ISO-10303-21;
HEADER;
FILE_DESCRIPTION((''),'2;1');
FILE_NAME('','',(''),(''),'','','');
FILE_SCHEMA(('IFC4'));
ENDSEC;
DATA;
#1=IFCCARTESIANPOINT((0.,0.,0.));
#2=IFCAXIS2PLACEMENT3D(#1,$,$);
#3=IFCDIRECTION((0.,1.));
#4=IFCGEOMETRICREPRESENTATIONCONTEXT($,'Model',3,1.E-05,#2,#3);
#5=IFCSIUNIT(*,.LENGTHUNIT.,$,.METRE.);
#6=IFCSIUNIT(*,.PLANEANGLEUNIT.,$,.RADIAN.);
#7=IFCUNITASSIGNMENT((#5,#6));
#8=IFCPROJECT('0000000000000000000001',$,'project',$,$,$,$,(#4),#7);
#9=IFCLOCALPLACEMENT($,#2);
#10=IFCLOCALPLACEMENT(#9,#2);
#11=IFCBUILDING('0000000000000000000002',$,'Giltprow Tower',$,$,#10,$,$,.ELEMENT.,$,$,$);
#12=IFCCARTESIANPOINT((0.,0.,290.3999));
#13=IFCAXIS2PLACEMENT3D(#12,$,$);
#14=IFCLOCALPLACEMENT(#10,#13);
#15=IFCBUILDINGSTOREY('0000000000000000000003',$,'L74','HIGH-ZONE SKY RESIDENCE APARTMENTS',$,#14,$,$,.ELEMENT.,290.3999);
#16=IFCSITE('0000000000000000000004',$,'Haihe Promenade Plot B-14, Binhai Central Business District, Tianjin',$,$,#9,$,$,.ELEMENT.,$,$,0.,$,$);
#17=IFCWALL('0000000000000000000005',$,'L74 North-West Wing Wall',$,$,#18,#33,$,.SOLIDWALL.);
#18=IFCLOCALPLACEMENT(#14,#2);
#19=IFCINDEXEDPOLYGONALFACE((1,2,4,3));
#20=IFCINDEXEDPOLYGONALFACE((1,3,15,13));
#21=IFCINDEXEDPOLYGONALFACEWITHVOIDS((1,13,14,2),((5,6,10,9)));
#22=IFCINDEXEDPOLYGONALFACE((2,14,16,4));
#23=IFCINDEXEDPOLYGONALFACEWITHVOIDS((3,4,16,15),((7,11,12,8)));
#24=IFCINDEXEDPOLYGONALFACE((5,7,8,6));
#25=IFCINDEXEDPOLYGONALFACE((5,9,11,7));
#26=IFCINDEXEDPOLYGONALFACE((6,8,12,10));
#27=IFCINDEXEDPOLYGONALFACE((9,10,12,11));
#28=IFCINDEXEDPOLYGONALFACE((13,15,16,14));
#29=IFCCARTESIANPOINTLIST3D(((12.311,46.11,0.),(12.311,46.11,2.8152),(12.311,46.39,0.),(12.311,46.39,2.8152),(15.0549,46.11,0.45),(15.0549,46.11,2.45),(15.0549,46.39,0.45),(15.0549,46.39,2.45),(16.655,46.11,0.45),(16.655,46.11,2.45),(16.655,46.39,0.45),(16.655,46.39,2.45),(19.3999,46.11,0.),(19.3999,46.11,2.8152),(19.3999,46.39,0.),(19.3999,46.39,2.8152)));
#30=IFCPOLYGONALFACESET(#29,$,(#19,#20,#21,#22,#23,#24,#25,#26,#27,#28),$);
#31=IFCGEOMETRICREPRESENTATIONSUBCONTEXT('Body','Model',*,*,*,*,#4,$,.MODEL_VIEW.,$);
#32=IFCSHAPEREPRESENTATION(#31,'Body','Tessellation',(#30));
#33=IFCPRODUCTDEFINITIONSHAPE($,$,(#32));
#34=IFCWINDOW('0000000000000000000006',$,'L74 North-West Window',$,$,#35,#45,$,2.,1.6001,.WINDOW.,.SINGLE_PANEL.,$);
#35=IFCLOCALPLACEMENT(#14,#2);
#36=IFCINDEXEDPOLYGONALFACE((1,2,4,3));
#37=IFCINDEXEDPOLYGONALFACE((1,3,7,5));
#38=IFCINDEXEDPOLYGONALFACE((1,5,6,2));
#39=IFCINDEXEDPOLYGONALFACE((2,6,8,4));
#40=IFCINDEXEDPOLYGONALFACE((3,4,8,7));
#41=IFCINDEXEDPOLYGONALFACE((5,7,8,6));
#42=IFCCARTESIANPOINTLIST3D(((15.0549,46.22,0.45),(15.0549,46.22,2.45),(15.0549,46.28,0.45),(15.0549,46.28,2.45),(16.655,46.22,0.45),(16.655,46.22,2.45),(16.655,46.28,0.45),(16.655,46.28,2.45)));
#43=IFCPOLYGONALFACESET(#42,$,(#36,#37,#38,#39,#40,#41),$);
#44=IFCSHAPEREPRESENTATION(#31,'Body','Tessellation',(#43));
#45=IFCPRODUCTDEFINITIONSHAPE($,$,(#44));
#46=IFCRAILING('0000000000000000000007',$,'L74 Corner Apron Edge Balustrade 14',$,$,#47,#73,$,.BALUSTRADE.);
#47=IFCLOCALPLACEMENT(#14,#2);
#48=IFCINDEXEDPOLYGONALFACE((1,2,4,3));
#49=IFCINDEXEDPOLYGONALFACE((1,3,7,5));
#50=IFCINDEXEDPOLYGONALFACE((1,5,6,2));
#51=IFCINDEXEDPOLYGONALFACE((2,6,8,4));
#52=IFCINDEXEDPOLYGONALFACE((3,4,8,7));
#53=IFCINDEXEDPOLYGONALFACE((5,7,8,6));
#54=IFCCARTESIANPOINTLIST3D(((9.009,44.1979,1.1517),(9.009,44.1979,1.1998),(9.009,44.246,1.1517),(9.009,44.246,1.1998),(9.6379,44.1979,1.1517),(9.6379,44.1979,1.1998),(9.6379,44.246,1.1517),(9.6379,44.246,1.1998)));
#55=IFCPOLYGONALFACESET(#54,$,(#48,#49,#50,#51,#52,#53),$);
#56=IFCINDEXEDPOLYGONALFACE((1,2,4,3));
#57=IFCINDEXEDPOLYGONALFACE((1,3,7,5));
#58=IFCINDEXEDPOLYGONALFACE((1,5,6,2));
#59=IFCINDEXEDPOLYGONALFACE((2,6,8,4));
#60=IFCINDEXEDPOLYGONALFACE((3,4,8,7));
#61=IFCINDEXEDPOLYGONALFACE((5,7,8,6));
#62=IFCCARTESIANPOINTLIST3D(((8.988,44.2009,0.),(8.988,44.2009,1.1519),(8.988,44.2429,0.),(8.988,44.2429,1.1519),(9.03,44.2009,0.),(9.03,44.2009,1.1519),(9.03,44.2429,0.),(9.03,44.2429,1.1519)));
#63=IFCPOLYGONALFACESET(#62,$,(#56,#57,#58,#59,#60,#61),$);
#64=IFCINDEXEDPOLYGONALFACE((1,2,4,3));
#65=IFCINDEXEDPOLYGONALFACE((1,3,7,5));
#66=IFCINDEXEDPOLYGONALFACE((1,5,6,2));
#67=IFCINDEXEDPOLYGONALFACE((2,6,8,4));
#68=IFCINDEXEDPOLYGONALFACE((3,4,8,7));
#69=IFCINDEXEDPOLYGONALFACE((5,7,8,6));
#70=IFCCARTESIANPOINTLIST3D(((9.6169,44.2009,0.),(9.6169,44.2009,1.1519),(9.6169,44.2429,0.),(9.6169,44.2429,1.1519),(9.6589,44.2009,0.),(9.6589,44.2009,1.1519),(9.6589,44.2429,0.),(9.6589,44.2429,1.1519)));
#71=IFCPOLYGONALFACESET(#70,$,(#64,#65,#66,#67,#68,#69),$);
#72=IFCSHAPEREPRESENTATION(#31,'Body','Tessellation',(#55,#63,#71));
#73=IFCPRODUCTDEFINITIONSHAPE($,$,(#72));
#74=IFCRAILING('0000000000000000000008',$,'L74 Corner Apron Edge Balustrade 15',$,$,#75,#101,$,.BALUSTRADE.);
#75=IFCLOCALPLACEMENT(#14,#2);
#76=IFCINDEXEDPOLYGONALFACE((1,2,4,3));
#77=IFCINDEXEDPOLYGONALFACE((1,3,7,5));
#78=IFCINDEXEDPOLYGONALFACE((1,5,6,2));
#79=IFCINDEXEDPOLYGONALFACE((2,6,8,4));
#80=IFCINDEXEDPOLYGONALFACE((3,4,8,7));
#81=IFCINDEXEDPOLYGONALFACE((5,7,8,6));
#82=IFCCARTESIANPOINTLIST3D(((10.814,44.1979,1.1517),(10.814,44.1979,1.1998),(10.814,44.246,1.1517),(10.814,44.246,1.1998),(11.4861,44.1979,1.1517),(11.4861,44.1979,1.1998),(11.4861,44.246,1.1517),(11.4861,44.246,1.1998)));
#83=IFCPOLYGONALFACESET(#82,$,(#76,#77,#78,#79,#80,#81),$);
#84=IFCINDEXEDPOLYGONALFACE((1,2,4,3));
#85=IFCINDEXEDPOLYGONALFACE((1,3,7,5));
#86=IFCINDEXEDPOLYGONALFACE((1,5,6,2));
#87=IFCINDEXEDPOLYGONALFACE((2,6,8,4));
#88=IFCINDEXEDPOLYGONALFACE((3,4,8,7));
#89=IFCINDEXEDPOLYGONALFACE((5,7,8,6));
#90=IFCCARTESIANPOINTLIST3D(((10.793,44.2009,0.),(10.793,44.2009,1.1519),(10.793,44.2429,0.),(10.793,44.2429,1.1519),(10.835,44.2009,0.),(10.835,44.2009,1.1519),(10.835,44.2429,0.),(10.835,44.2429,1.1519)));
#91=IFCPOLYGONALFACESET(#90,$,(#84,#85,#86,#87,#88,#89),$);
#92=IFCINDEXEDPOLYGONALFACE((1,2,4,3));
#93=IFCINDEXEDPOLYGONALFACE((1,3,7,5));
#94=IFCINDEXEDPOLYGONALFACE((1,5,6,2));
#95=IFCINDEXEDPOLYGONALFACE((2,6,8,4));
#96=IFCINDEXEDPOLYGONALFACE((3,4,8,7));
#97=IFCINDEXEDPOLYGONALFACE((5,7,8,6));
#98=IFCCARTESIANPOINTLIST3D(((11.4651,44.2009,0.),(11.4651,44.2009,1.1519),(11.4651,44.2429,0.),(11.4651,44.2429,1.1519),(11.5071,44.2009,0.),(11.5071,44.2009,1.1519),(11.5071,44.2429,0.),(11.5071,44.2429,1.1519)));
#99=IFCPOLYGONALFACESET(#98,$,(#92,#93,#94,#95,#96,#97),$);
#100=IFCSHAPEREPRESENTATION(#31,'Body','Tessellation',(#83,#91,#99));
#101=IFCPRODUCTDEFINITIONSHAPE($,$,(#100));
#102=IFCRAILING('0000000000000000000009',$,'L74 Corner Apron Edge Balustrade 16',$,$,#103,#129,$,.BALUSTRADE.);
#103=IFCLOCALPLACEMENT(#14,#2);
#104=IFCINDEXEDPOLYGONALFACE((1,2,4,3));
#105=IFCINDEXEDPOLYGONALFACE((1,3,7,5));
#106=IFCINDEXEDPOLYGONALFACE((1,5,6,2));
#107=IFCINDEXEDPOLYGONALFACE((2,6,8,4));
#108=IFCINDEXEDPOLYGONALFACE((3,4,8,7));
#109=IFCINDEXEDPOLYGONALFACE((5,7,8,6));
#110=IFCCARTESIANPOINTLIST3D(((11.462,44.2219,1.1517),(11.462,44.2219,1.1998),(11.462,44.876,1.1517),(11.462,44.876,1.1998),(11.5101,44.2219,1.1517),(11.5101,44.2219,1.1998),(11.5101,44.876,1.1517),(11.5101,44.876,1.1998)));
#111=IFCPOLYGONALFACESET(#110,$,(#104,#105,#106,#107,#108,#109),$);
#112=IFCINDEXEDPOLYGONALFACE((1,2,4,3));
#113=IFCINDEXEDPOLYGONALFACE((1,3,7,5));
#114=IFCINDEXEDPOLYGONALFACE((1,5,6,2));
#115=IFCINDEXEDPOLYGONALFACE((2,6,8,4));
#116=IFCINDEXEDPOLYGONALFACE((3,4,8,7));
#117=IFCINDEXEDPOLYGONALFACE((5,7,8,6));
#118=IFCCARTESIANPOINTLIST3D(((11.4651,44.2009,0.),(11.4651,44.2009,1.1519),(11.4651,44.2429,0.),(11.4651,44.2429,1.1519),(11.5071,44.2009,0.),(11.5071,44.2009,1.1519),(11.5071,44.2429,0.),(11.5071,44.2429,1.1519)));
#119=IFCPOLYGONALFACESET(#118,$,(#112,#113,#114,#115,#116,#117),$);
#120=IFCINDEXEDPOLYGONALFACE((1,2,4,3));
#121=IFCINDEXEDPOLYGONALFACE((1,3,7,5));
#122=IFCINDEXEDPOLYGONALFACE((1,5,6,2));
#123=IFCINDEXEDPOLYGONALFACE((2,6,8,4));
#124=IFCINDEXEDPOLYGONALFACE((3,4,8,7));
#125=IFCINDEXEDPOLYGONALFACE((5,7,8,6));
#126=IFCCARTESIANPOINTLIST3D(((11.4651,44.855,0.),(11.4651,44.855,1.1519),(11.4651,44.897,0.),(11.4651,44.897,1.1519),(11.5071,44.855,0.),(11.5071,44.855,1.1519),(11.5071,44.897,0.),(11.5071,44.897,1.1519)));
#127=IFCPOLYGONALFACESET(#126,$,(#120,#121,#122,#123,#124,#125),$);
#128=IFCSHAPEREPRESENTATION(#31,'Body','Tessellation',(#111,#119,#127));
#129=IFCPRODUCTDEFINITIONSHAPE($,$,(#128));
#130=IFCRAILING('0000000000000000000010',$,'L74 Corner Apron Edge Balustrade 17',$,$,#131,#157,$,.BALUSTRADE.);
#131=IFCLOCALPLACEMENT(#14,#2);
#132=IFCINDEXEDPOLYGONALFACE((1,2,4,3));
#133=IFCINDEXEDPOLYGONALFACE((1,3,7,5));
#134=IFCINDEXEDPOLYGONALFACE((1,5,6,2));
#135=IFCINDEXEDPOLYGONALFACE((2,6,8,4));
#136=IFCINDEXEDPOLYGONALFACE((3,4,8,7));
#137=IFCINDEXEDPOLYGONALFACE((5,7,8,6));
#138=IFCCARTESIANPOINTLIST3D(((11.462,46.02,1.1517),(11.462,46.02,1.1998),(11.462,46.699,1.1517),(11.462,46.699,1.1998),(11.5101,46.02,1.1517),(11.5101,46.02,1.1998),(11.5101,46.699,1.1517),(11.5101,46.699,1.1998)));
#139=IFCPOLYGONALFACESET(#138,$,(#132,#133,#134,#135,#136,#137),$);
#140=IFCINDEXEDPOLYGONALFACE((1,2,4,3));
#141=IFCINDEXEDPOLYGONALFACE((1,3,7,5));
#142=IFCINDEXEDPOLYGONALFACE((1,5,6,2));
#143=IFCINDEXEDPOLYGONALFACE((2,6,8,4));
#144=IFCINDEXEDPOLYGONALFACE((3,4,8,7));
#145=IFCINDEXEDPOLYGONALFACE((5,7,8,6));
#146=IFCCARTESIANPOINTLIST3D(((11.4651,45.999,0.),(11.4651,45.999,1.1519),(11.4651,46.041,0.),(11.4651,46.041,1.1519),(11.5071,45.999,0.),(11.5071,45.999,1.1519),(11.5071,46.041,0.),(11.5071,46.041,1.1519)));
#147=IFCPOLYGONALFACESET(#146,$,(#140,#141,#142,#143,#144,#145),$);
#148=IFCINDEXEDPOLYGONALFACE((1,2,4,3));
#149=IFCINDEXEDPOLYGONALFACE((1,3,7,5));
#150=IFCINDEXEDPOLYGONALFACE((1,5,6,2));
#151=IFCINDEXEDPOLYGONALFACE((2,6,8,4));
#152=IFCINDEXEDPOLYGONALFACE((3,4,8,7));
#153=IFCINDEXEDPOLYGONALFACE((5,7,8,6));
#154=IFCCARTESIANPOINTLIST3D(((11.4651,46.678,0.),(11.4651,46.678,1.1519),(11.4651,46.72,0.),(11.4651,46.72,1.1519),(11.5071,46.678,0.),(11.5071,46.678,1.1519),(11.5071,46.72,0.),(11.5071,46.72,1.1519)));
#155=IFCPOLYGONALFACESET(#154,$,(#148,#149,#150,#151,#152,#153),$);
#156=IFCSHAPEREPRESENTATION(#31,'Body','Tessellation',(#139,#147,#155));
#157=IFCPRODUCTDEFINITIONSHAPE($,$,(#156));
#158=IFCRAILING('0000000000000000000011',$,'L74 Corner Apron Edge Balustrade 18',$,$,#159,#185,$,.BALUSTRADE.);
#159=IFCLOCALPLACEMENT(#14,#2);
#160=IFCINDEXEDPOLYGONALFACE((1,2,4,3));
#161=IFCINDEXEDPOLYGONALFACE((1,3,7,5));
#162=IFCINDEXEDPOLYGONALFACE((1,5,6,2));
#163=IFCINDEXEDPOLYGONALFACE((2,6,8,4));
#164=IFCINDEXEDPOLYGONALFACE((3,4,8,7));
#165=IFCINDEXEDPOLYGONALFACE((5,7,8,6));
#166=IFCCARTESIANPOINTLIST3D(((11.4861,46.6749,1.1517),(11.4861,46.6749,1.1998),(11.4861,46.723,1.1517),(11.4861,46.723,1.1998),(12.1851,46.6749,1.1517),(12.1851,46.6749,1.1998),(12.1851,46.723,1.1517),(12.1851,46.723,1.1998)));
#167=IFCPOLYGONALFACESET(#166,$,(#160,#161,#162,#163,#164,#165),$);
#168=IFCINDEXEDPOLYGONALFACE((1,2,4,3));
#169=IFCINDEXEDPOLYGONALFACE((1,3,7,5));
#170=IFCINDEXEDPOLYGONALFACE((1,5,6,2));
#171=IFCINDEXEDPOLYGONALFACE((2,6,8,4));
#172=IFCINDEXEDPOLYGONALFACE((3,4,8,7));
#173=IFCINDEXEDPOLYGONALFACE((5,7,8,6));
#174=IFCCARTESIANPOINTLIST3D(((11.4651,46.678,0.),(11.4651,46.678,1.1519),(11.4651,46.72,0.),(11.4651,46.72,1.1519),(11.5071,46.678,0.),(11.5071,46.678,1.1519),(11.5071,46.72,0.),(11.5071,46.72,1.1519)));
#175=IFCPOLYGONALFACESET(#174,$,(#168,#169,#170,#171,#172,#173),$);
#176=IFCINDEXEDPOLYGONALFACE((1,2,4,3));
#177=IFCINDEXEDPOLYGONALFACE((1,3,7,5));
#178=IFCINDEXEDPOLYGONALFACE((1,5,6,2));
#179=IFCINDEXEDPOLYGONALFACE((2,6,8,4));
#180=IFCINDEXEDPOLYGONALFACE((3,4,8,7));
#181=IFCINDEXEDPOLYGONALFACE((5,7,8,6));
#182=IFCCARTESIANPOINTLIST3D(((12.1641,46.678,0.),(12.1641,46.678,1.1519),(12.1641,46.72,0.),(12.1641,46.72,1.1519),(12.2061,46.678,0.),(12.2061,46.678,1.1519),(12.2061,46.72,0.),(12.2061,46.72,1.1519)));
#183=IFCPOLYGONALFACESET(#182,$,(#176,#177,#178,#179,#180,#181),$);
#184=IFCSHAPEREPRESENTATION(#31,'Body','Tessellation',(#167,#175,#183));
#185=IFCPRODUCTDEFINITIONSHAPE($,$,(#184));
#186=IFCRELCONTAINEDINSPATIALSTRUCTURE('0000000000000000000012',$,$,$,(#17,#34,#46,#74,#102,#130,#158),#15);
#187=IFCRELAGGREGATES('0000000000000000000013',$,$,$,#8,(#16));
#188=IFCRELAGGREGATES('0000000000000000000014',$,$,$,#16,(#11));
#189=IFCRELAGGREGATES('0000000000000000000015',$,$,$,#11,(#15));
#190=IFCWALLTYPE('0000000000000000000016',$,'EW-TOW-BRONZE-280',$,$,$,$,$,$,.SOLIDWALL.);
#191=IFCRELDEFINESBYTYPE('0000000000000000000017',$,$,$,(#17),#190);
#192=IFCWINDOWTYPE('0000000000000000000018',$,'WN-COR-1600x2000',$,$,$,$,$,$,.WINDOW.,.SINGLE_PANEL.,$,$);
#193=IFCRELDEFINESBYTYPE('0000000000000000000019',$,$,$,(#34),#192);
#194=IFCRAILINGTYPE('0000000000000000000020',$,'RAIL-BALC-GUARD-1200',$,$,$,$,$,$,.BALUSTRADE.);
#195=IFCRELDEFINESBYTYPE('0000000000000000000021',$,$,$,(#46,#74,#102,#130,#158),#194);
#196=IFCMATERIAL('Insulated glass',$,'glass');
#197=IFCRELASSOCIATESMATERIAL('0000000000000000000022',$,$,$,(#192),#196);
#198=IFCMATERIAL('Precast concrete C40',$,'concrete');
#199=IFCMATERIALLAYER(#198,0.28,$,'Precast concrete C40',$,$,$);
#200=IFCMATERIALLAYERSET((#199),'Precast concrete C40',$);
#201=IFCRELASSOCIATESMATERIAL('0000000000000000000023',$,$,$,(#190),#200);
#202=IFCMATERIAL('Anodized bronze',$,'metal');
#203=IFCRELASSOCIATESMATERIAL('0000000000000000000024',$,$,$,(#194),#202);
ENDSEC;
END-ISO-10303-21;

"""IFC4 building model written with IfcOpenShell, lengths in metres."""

from ifc_helpers import new_model, si_unit, direction, frame, frame_2d, origin, origin_2d, place, context, subcontext, project, spatial, rectangle, extrude, source, transform, mapped, material, layer, layer_set, type_object, element, fill, save


model = new_model("IFC4")

# Units and contexts
model_context = context("Model", 3, precision=1e-05, world=origin(), true_north=direction((0.0, 1.0)))
body_context = subcontext(model_context, "Body", "Model", "MODEL_VIEW")
ifc_project = project(units=[si_unit("LENGTHUNIT", "METRE"), si_unit("PLANEANGLEUNIT", "RADIAN")], contexts=[model_context])

# Site, building, storey
site_placement = place(None, origin())
site = spatial("IfcSite", under=ifc_project, at=site_placement, Name="Haihe Promenade Plot B-14, Binhai Central Business District, Tianjin", CompositionType="ELEMENT", RefElevation=0.0)
building_placement = place(site_placement, origin())
building = spatial("IfcBuilding", under=site, at=building_placement, Name="Giltprow Tower", CompositionType="ELEMENT")
storey_placement = place(building_placement, frame((0.0, 0.0, 290.3999)))
storey = spatial("IfcBuildingStorey", under=building, at=storey_placement, Name="L74", Description="HIGH-ZONE SKY RESIDENCE APARTMENTS", CompositionType="ELEMENT", Elevation=290.3999)

# Wall, opening, window
ifc_material_1 = material(Name="Precast concrete C40", Category="concrete")
ifc_material_2 = material(Name="Insulated glass", Category="glass")
window_type = type_object("IfcWindowType", Name="WN-COR-1600x2000", PartitioningType="SINGLE_PANEL", PredefinedType="WINDOW", material=ifc_material_2)
shared_shape_1 = source(origin(), body_context, "Body", "SweptSolid", [
    extrude(rectangle(XDim=1.6001, YDim=2.0, at=frame_2d((0.8, 1.0))), frame((0.0, 0.03, 0.0), z_axis=(0.0, -1.0, 0.0), x_axis=(1.0, 0.0, 0.0)), (0.0, 0.0, 1.0), 0.0601),
])
ifc_layer_1 = layer(ifc_material_1, 0.28, Name="Precast concrete C40")
ifc_layer_set_1 = layer_set([ifc_layer_1], Name="Precast concrete C40")
wall_type_1 = type_object("IfcWallType", Name="EW-TOW-BRONZE-280", PredefinedType="SOLIDWALL", material=ifc_layer_set_1)
wall_1_placement = place(storey_placement, frame((12.311, 46.25, 0.0), z_axis=(0.0, 0.0, 1.0), x_axis=(1.0, 0.0, 0.0)))
wall_1 = element("IfcWall", 1, at=wall_1_placement, inside=storey, type_object=wall_type_1, Name="L74 North-West Wing Wall", PredefinedType="SOLIDWALL", context=body_context, shape_type="SweptSolid", body=[
    extrude(rectangle(XDim=7.0889, YDim=0.28, at=frame_2d((3.5444, 0.0))), origin(), (0.0, 0.0, 1.0), 2.8152),
])
opening_1_placement = place(wall_1_placement, frame((2.7439, 0.0, 0.45)))
opening_1 = element("IfcOpeningElement", 2, at=opening_1_placement, cuts=wall_1, PredefinedType="OPENING", context=body_context, shape_type="SweptSolid", body=[
    extrude(rectangle(XDim=1.6001, YDim=2.0, at=frame_2d((0.8, 1.0))), frame((0.0, 0.1499, 0.0), z_axis=(0.0, -1.0, 0.0), x_axis=(1.0, 0.0, 0.0)), (0.0, 0.0, 1.0), 0.3),
])
window_1_placement = place(opening_1_placement, origin())
window_1 = element("IfcWindow", 3, at=window_1_placement, inside=storey, type_object=window_type, Name="L74 North-West Window", OverallHeight=2.0, OverallWidth=1.6001, PartitioningType="SINGLE_PANEL", PredefinedType="WINDOW", context=body_context, shape_type="MappedRepresentation", body=[
    mapped(shared_shape_1, transform((0.0, 0.0, 0.0), x_axis=(1.0, 0.0, 0.0), y_axis=(0.0, 1.0, 0.0), z_axis=(0.0, 0.0, 1.0), scale=1.0)),
])
fill(opening_1, window_1)

# Railings
ifc_material_3 = material(Name="Anodized bronze", Category="metal")
railing_type = type_object("IfcRailingType", Name="RAIL-BALC-GUARD-1200", PredefinedType="BALUSTRADE", material=ifc_material_3)
railing_1_placement = place(storey_placement, frame((9.009, 44.2219, 0.0)))
element("IfcRailing", 4, at=railing_1_placement, inside=storey, type_object=railing_type, Name="L74 Corner Apron Edge Balustrade 14", PredefinedType="BALUSTRADE", context=body_context, shape_type="SweptSolid", body=[
    extrude(rectangle(XDim=0.0481, YDim=0.0481, at=origin_2d()), frame((0.0, 0.0, 1.1758), z_axis=(1.0, 0.0, 0.0), x_axis=(0.0, 1.0, 0.0)), (0.0, 0.0, 1.0), 0.6289),
    extrude(rectangle(XDim=0.042, YDim=0.042, at=origin_2d()), origin(), (0.0, 0.0, 1.0), 1.1519),
    extrude(rectangle(XDim=0.042, YDim=0.042, at=origin_2d()), frame((0.6289, 0.0, 0.0)), (0.0, 0.0, 1.0), 1.1519),
])
railing_2_placement = place(storey_placement, frame((10.814, 44.2219, 0.0)))
element("IfcRailing", 5, at=railing_2_placement, inside=storey, type_object=railing_type, Name="L74 Corner Apron Edge Balustrade 15", PredefinedType="BALUSTRADE", context=body_context, shape_type="SweptSolid", body=[
    extrude(rectangle(XDim=0.0481, YDim=0.0481, at=origin_2d()), frame((0.0, 0.0, 1.1758), z_axis=(1.0, 0.0, 0.0), x_axis=(0.0, 1.0, 0.0)), (0.0, 0.0, 1.0), 0.6721),
    extrude(rectangle(XDim=0.042, YDim=0.042, at=origin_2d()), origin(), (0.0, 0.0, 1.0), 1.1519),
    extrude(rectangle(XDim=0.042, YDim=0.042, at=origin_2d()), frame((0.6721, 0.0, 0.0)), (0.0, 0.0, 1.0), 1.1519),
])
railing_3_placement = place(storey_placement, frame((11.4861, 44.2219, 0.0)))
element("IfcRailing", 6, at=railing_3_placement, inside=storey, type_object=railing_type, Name="L74 Corner Apron Edge Balustrade 16", PredefinedType="BALUSTRADE", context=body_context, shape_type="SweptSolid", body=[
    extrude(rectangle(XDim=0.0481, YDim=0.0481, at=origin_2d()), frame((0.0, 0.0, 1.1758), z_axis=(0.0, 1.0, 0.0), x_axis=(-1.0, 0.0, 0.0)), (0.0, 0.0, 1.0), 0.6541),
    extrude(rectangle(XDim=0.042, YDim=0.042, at=origin_2d()), origin(), (0.0, 0.0, 1.0), 1.1519),
    extrude(rectangle(XDim=0.042, YDim=0.042, at=origin_2d()), frame((0.0, 0.6541, 0.0)), (0.0, 0.0, 1.0), 1.1519),
])
railing_4_placement = place(storey_placement, frame((11.4861, 46.02, 0.0)))
element("IfcRailing", 7, at=railing_4_placement, inside=storey, type_object=railing_type, Name="L74 Corner Apron Edge Balustrade 17", PredefinedType="BALUSTRADE", context=body_context, shape_type="SweptSolid", body=[
    extrude(rectangle(XDim=0.0481, YDim=0.0481, at=origin_2d()), frame((0.0, 0.0, 1.1758), z_axis=(0.0, 1.0, 0.0), x_axis=(-1.0, 0.0, 0.0)), (0.0, 0.0, 1.0), 0.679),
    extrude(rectangle(XDim=0.042, YDim=0.042, at=origin_2d()), origin(), (0.0, 0.0, 1.0), 1.1519),
    extrude(rectangle(XDim=0.042, YDim=0.042, at=origin_2d()), frame((0.0, 0.679, 0.0)), (0.0, 0.0, 1.0), 1.1519),
])
railing_5_placement = place(storey_placement, frame((11.4861, 46.699, 0.0)))
element("IfcRailing", 8, at=railing_5_placement, inside=storey, type_object=railing_type, Name="L74 Corner Apron Edge Balustrade 18", PredefinedType="BALUSTRADE", context=body_context, shape_type="SweptSolid", body=[
    extrude(rectangle(XDim=0.0481, YDim=0.0481, at=origin_2d()), frame((0.0, 0.0, 1.1758), z_axis=(1.0, 0.0, 0.0), x_axis=(0.0, 1.0, 0.0)), (0.0, 0.0, 1.0), 0.699),
    extrude(rectangle(XDim=0.042, YDim=0.042, at=origin_2d()), origin(), (0.0, 0.0, 1.0), 1.1519),
    extrude(rectangle(XDim=0.042, YDim=0.042, at=origin_2d()), frame((0.699, 0.0, 0.0)), (0.0, 0.0, 1.0), 1.1519),
])

save(model, "model.ifc")
